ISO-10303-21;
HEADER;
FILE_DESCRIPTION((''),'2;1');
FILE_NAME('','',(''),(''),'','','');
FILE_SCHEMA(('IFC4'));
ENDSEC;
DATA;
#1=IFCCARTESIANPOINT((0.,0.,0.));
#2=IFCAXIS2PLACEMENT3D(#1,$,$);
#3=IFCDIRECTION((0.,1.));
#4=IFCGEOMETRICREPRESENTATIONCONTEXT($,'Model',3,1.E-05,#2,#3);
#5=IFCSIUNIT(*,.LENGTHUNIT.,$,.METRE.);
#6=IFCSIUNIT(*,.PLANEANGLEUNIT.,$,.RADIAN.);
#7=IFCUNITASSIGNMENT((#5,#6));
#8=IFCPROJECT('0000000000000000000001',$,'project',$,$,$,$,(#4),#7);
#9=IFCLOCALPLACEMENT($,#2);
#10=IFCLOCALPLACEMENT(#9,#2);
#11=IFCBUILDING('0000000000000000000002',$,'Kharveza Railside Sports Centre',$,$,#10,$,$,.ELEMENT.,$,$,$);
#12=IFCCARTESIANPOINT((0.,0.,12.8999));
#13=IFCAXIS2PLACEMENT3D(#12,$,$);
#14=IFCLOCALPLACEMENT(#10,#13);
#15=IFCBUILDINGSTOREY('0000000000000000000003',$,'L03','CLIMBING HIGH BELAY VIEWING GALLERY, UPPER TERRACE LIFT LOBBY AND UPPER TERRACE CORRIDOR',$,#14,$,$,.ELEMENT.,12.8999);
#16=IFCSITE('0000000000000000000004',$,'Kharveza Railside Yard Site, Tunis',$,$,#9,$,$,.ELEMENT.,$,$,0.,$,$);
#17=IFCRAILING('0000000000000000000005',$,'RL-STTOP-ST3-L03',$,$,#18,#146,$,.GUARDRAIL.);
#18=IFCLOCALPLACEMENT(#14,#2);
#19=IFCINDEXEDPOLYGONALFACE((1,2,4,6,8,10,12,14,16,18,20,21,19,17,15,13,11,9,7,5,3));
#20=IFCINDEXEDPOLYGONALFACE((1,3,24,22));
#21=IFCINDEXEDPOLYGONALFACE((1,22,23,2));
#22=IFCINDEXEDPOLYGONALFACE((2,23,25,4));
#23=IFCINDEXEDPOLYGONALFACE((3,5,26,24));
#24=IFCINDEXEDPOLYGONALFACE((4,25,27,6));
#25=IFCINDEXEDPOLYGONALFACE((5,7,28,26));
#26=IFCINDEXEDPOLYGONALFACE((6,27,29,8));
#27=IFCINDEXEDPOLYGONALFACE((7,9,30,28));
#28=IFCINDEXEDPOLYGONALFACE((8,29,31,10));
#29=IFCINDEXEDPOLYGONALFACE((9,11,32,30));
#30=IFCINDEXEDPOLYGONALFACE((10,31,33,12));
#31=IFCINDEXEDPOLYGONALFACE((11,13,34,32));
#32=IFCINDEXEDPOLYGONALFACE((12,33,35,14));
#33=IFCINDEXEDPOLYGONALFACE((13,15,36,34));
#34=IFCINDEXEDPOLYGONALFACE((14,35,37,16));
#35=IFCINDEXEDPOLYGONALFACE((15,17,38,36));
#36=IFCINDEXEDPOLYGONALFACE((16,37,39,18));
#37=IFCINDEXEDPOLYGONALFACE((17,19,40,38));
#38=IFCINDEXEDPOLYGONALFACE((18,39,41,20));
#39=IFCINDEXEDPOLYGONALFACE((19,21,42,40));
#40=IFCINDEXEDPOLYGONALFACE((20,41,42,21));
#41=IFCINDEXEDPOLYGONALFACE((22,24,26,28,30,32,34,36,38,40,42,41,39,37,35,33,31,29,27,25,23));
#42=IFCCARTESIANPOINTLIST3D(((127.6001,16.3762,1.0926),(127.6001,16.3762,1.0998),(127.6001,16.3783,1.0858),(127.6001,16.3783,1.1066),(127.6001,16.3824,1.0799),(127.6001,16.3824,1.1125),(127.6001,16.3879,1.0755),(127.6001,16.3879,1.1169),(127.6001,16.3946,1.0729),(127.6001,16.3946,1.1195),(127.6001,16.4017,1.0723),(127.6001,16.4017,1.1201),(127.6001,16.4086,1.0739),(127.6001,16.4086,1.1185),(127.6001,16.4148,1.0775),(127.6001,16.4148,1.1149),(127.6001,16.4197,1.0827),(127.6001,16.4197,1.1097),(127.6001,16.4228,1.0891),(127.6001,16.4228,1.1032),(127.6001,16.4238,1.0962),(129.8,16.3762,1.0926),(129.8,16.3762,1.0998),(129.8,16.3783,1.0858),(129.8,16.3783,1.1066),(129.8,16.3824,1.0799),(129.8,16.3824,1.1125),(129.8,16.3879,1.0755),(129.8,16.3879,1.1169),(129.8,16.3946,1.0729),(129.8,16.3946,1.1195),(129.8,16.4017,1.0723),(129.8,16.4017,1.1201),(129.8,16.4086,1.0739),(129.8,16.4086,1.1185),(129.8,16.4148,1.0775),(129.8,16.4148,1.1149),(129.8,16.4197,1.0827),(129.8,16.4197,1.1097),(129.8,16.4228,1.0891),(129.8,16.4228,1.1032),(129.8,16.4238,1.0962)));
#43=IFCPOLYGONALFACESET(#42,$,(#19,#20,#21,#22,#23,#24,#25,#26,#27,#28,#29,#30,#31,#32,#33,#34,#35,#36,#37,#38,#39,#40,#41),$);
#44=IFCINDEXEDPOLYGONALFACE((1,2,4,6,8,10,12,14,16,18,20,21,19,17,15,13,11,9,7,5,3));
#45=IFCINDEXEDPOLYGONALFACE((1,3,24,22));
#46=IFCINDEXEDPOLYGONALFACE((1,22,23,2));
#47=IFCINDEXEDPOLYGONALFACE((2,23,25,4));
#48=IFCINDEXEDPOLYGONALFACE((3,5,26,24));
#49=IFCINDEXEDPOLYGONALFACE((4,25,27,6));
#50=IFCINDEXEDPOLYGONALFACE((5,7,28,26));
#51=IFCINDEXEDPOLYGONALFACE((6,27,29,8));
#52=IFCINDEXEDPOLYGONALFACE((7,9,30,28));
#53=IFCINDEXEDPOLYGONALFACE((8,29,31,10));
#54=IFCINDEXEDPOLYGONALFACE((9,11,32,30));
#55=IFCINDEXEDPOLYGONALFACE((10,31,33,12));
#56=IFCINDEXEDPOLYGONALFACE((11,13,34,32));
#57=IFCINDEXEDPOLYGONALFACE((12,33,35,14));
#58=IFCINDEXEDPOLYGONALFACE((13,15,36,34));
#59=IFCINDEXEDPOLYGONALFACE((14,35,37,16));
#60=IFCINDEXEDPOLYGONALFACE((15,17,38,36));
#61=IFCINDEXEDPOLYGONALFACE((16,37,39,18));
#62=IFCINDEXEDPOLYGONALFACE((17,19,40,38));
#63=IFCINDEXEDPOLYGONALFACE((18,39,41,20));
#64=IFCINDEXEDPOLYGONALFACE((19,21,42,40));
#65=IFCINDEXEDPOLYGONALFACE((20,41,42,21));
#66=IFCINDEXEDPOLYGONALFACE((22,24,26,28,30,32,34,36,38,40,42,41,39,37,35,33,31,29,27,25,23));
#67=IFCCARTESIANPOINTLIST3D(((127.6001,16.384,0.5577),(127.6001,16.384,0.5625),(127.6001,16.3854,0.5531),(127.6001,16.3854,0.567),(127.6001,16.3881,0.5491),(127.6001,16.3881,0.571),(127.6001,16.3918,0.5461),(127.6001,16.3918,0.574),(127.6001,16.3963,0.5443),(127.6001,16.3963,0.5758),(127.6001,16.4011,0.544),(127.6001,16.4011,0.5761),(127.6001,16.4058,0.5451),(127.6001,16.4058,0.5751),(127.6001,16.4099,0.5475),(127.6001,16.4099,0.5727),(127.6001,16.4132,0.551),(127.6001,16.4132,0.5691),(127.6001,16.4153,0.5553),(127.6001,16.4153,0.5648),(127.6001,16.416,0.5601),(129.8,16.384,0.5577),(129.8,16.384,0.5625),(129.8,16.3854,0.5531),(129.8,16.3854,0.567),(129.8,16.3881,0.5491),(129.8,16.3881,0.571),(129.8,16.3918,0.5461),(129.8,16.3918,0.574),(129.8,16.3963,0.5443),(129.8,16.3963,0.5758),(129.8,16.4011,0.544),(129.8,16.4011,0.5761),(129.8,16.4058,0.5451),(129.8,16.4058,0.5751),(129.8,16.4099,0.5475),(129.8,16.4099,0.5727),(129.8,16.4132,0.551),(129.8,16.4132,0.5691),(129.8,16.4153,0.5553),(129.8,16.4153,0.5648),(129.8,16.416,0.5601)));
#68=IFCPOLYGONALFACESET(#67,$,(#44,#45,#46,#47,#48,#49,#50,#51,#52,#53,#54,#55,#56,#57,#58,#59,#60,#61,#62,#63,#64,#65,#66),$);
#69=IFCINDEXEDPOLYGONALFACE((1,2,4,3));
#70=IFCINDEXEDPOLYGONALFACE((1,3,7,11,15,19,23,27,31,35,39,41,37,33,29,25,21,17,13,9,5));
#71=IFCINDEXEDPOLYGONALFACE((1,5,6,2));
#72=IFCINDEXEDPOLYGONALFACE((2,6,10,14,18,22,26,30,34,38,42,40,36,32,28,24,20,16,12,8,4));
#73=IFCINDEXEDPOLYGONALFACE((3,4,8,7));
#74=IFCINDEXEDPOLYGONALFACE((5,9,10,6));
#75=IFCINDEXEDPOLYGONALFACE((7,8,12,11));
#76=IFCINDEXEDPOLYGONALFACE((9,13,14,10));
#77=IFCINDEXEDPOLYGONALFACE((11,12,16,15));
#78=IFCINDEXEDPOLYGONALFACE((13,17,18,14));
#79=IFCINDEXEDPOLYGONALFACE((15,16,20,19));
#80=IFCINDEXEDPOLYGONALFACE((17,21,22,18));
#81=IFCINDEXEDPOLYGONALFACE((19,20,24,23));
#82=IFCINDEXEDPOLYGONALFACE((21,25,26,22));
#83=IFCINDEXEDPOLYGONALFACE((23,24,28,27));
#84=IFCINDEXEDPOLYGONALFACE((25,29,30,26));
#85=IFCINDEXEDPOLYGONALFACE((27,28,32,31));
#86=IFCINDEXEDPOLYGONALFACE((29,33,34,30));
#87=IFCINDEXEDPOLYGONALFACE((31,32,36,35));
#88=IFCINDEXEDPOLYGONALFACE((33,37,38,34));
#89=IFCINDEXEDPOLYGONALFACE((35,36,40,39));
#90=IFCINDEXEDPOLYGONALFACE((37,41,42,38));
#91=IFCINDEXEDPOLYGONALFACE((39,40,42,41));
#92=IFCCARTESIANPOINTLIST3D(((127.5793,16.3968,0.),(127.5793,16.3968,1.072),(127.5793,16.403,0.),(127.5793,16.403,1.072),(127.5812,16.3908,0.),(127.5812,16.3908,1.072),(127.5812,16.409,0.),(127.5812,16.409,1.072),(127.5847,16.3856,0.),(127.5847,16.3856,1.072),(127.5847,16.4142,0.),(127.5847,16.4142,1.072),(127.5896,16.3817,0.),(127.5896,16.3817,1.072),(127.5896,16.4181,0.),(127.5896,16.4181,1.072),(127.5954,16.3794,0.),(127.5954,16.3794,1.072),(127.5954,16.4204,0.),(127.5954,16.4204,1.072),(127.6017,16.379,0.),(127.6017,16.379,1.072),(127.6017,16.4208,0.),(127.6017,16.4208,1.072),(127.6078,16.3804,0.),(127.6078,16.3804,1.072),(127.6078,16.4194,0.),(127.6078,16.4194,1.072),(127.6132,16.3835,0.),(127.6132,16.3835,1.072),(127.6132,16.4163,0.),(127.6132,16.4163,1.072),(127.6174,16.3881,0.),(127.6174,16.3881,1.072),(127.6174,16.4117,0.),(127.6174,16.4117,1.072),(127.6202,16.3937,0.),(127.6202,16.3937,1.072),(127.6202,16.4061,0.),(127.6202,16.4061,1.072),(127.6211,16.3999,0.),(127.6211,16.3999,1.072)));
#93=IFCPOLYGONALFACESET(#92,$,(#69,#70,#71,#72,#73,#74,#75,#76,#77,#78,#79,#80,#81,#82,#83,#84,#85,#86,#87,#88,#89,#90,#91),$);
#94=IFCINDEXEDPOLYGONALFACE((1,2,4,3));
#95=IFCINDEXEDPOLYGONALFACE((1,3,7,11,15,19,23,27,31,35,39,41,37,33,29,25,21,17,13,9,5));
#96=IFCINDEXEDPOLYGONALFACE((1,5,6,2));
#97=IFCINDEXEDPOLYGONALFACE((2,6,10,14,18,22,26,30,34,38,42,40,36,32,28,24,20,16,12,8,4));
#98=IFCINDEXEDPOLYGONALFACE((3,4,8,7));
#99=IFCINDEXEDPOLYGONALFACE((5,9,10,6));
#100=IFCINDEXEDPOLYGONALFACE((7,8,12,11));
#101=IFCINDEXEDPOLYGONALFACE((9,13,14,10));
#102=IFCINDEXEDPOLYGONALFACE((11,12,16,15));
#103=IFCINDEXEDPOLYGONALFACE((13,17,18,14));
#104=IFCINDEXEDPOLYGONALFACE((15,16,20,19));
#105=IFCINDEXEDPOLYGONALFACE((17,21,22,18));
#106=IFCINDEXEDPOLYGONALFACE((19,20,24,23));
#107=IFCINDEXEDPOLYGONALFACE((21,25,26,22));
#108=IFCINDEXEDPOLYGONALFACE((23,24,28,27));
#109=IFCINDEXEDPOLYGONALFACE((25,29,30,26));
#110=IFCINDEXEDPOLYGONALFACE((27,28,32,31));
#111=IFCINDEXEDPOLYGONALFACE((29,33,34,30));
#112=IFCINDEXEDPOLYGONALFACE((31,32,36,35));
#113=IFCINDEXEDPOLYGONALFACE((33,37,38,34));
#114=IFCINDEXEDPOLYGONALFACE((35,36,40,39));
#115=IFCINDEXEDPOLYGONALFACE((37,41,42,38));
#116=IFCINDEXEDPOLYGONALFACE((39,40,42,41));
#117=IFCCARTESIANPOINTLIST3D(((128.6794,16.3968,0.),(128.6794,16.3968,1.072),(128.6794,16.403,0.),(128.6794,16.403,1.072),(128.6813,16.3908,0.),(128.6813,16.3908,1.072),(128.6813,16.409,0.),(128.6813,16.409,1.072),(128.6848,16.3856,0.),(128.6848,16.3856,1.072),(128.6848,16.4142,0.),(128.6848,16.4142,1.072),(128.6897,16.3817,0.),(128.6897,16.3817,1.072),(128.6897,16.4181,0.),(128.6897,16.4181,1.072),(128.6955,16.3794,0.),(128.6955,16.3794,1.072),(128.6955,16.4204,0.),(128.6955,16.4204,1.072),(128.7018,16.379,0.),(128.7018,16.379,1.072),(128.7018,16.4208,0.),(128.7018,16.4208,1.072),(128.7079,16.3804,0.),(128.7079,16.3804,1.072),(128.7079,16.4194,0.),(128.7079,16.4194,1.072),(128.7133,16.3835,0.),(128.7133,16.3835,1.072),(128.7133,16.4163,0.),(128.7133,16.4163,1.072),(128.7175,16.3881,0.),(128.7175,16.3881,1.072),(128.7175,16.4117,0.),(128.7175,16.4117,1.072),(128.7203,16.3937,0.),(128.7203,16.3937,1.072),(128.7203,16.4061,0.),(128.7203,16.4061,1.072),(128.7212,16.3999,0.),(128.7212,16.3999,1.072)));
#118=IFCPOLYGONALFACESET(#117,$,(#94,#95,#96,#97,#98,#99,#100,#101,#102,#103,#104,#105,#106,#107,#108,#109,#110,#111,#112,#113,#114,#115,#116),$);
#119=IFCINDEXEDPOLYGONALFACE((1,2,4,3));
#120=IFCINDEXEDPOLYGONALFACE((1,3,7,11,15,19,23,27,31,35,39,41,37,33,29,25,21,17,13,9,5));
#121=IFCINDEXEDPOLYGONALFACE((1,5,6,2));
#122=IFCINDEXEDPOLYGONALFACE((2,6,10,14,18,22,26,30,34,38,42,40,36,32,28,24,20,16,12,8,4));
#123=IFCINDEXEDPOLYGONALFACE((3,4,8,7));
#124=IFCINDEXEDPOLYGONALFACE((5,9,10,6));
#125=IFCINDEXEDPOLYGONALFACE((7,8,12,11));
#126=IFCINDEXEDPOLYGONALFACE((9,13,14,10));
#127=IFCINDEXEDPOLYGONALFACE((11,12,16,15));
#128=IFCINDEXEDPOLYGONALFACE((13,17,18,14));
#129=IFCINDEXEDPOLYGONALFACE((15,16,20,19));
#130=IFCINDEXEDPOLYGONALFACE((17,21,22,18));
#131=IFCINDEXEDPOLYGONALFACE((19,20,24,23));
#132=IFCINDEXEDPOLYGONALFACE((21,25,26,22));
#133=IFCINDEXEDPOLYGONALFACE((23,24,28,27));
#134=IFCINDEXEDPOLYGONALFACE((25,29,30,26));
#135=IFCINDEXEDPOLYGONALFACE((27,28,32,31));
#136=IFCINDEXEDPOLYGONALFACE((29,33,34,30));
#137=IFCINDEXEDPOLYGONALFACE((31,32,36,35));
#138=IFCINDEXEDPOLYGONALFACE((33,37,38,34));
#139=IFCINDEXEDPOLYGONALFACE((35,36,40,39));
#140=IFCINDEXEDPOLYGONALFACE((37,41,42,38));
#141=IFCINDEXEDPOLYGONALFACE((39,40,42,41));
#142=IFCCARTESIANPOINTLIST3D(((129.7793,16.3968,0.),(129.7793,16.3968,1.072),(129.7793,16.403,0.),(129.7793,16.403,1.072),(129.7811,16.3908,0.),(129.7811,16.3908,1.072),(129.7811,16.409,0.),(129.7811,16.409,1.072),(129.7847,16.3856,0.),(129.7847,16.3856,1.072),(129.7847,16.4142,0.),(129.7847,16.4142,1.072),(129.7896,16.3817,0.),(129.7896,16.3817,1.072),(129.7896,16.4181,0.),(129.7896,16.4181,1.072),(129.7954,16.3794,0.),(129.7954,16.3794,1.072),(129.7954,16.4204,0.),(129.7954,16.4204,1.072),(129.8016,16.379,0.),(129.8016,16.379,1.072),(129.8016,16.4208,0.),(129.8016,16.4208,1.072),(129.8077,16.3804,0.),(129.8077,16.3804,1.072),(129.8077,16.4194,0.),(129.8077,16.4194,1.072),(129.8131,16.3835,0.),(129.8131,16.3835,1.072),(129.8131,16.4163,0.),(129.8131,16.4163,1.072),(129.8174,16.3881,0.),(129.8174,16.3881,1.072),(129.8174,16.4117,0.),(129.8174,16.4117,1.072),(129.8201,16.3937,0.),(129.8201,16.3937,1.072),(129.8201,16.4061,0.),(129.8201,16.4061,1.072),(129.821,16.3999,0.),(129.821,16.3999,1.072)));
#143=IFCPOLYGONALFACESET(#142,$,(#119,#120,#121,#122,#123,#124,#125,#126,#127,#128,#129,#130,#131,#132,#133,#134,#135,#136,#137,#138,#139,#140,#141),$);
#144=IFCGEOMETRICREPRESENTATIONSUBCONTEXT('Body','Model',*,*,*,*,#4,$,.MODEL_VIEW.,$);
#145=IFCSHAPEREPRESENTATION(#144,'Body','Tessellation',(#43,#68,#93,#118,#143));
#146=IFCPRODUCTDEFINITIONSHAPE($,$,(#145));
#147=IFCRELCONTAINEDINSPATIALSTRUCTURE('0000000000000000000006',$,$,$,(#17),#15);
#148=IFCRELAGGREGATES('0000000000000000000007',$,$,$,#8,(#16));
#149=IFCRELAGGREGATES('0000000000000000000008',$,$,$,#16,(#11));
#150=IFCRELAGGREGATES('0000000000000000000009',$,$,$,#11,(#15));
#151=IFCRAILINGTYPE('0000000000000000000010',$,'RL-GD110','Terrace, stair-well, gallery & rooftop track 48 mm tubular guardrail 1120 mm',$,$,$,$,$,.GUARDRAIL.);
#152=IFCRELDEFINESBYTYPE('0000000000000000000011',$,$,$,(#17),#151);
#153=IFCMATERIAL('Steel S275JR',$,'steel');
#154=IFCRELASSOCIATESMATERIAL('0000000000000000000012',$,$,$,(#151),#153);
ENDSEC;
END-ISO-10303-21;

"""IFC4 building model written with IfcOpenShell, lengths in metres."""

from ifc_helpers import new_model, si_unit, direction, frame, origin, origin_2d, place, context, subcontext, project, spatial, circle, extrude, material, type_object, element, save


model = new_model("IFC4")

# Units and contexts
model_context = context("Model", 3, precision=1e-05, world=origin(), true_north=direction((0.0, 1.0)))
body_context = subcontext(model_context, "Body", "Model", "MODEL_VIEW")
ifc_project = project(units=[si_unit("LENGTHUNIT", "METRE"), si_unit("PLANEANGLEUNIT", "RADIAN")], contexts=[model_context])

# Site, building, storey
site_placement = place(None, origin())
site = spatial("IfcSite", under=ifc_project, at=site_placement, Name="Kharveza Railside Yard Site, Tunis", CompositionType="ELEMENT", RefElevation=0.0)
building_placement = place(site_placement, origin())
building = spatial("IfcBuilding", under=site, at=building_placement, Name="Kharveza Railside Sports Centre", CompositionType="ELEMENT")
storey_placement = place(building_placement, frame((0.0, 0.0, 12.8999)))
storey = spatial("IfcBuildingStorey", under=building, at=storey_placement, Name="L03", Description="CLIMBING HIGH BELAY VIEWING GALLERY, UPPER TERRACE LIFT LOBBY AND UPPER TERRACE CORRIDOR", CompositionType="ELEMENT", Elevation=12.8999)

# Railing
ifc_material_1 = material(Name="Steel S275JR", Category="steel")
railing_type = type_object("IfcRailingType", Name="RL-GD110", Description="Terrace, stair-well, gallery & rooftop track 48 mm tubular guardrail 1120 mm", PredefinedType="GUARDRAIL", material=ifc_material_1)
railing_1_placement = place(storey_placement, frame((127.6001, 16.3999, 0.0)))
element("IfcRailing", 1, at=railing_1_placement, inside=storey, type_object=railing_type, Name="RL-STTOP-ST3-L03", PredefinedType="GUARDRAIL", context=body_context, shape_type="SweptSolid", body=[
    extrude(circle(Radius=0.0239, at=origin_2d()), frame((0.0, 0.0, 1.0962), z_axis=(1.0, 0.0, 0.0), x_axis=(0.0, 1.0, 0.0)), (0.0, 0.0, 1.0), 2.2),
    extrude(circle(Radius=0.0161, at=origin_2d()), frame((0.0, 0.0, 0.5601), z_axis=(1.0, 0.0, 0.0), x_axis=(0.0, 1.0, 0.0)), (0.0, 0.0, 1.0), 2.2),
    extrude(circle(Radius=0.021, at=origin_2d()), origin(), (0.0, 0.0, 1.0), 1.072),
    extrude(circle(Radius=0.021, at=origin_2d()), frame((1.1001, 0.0, 0.0)), (0.0, 0.0, 1.0), 1.072),
    extrude(circle(Radius=0.021, at=origin_2d()), frame((2.2, 0.0, 0.0)), (0.0, 0.0, 1.0), 1.072),
])

save(model, "model.ifc")
